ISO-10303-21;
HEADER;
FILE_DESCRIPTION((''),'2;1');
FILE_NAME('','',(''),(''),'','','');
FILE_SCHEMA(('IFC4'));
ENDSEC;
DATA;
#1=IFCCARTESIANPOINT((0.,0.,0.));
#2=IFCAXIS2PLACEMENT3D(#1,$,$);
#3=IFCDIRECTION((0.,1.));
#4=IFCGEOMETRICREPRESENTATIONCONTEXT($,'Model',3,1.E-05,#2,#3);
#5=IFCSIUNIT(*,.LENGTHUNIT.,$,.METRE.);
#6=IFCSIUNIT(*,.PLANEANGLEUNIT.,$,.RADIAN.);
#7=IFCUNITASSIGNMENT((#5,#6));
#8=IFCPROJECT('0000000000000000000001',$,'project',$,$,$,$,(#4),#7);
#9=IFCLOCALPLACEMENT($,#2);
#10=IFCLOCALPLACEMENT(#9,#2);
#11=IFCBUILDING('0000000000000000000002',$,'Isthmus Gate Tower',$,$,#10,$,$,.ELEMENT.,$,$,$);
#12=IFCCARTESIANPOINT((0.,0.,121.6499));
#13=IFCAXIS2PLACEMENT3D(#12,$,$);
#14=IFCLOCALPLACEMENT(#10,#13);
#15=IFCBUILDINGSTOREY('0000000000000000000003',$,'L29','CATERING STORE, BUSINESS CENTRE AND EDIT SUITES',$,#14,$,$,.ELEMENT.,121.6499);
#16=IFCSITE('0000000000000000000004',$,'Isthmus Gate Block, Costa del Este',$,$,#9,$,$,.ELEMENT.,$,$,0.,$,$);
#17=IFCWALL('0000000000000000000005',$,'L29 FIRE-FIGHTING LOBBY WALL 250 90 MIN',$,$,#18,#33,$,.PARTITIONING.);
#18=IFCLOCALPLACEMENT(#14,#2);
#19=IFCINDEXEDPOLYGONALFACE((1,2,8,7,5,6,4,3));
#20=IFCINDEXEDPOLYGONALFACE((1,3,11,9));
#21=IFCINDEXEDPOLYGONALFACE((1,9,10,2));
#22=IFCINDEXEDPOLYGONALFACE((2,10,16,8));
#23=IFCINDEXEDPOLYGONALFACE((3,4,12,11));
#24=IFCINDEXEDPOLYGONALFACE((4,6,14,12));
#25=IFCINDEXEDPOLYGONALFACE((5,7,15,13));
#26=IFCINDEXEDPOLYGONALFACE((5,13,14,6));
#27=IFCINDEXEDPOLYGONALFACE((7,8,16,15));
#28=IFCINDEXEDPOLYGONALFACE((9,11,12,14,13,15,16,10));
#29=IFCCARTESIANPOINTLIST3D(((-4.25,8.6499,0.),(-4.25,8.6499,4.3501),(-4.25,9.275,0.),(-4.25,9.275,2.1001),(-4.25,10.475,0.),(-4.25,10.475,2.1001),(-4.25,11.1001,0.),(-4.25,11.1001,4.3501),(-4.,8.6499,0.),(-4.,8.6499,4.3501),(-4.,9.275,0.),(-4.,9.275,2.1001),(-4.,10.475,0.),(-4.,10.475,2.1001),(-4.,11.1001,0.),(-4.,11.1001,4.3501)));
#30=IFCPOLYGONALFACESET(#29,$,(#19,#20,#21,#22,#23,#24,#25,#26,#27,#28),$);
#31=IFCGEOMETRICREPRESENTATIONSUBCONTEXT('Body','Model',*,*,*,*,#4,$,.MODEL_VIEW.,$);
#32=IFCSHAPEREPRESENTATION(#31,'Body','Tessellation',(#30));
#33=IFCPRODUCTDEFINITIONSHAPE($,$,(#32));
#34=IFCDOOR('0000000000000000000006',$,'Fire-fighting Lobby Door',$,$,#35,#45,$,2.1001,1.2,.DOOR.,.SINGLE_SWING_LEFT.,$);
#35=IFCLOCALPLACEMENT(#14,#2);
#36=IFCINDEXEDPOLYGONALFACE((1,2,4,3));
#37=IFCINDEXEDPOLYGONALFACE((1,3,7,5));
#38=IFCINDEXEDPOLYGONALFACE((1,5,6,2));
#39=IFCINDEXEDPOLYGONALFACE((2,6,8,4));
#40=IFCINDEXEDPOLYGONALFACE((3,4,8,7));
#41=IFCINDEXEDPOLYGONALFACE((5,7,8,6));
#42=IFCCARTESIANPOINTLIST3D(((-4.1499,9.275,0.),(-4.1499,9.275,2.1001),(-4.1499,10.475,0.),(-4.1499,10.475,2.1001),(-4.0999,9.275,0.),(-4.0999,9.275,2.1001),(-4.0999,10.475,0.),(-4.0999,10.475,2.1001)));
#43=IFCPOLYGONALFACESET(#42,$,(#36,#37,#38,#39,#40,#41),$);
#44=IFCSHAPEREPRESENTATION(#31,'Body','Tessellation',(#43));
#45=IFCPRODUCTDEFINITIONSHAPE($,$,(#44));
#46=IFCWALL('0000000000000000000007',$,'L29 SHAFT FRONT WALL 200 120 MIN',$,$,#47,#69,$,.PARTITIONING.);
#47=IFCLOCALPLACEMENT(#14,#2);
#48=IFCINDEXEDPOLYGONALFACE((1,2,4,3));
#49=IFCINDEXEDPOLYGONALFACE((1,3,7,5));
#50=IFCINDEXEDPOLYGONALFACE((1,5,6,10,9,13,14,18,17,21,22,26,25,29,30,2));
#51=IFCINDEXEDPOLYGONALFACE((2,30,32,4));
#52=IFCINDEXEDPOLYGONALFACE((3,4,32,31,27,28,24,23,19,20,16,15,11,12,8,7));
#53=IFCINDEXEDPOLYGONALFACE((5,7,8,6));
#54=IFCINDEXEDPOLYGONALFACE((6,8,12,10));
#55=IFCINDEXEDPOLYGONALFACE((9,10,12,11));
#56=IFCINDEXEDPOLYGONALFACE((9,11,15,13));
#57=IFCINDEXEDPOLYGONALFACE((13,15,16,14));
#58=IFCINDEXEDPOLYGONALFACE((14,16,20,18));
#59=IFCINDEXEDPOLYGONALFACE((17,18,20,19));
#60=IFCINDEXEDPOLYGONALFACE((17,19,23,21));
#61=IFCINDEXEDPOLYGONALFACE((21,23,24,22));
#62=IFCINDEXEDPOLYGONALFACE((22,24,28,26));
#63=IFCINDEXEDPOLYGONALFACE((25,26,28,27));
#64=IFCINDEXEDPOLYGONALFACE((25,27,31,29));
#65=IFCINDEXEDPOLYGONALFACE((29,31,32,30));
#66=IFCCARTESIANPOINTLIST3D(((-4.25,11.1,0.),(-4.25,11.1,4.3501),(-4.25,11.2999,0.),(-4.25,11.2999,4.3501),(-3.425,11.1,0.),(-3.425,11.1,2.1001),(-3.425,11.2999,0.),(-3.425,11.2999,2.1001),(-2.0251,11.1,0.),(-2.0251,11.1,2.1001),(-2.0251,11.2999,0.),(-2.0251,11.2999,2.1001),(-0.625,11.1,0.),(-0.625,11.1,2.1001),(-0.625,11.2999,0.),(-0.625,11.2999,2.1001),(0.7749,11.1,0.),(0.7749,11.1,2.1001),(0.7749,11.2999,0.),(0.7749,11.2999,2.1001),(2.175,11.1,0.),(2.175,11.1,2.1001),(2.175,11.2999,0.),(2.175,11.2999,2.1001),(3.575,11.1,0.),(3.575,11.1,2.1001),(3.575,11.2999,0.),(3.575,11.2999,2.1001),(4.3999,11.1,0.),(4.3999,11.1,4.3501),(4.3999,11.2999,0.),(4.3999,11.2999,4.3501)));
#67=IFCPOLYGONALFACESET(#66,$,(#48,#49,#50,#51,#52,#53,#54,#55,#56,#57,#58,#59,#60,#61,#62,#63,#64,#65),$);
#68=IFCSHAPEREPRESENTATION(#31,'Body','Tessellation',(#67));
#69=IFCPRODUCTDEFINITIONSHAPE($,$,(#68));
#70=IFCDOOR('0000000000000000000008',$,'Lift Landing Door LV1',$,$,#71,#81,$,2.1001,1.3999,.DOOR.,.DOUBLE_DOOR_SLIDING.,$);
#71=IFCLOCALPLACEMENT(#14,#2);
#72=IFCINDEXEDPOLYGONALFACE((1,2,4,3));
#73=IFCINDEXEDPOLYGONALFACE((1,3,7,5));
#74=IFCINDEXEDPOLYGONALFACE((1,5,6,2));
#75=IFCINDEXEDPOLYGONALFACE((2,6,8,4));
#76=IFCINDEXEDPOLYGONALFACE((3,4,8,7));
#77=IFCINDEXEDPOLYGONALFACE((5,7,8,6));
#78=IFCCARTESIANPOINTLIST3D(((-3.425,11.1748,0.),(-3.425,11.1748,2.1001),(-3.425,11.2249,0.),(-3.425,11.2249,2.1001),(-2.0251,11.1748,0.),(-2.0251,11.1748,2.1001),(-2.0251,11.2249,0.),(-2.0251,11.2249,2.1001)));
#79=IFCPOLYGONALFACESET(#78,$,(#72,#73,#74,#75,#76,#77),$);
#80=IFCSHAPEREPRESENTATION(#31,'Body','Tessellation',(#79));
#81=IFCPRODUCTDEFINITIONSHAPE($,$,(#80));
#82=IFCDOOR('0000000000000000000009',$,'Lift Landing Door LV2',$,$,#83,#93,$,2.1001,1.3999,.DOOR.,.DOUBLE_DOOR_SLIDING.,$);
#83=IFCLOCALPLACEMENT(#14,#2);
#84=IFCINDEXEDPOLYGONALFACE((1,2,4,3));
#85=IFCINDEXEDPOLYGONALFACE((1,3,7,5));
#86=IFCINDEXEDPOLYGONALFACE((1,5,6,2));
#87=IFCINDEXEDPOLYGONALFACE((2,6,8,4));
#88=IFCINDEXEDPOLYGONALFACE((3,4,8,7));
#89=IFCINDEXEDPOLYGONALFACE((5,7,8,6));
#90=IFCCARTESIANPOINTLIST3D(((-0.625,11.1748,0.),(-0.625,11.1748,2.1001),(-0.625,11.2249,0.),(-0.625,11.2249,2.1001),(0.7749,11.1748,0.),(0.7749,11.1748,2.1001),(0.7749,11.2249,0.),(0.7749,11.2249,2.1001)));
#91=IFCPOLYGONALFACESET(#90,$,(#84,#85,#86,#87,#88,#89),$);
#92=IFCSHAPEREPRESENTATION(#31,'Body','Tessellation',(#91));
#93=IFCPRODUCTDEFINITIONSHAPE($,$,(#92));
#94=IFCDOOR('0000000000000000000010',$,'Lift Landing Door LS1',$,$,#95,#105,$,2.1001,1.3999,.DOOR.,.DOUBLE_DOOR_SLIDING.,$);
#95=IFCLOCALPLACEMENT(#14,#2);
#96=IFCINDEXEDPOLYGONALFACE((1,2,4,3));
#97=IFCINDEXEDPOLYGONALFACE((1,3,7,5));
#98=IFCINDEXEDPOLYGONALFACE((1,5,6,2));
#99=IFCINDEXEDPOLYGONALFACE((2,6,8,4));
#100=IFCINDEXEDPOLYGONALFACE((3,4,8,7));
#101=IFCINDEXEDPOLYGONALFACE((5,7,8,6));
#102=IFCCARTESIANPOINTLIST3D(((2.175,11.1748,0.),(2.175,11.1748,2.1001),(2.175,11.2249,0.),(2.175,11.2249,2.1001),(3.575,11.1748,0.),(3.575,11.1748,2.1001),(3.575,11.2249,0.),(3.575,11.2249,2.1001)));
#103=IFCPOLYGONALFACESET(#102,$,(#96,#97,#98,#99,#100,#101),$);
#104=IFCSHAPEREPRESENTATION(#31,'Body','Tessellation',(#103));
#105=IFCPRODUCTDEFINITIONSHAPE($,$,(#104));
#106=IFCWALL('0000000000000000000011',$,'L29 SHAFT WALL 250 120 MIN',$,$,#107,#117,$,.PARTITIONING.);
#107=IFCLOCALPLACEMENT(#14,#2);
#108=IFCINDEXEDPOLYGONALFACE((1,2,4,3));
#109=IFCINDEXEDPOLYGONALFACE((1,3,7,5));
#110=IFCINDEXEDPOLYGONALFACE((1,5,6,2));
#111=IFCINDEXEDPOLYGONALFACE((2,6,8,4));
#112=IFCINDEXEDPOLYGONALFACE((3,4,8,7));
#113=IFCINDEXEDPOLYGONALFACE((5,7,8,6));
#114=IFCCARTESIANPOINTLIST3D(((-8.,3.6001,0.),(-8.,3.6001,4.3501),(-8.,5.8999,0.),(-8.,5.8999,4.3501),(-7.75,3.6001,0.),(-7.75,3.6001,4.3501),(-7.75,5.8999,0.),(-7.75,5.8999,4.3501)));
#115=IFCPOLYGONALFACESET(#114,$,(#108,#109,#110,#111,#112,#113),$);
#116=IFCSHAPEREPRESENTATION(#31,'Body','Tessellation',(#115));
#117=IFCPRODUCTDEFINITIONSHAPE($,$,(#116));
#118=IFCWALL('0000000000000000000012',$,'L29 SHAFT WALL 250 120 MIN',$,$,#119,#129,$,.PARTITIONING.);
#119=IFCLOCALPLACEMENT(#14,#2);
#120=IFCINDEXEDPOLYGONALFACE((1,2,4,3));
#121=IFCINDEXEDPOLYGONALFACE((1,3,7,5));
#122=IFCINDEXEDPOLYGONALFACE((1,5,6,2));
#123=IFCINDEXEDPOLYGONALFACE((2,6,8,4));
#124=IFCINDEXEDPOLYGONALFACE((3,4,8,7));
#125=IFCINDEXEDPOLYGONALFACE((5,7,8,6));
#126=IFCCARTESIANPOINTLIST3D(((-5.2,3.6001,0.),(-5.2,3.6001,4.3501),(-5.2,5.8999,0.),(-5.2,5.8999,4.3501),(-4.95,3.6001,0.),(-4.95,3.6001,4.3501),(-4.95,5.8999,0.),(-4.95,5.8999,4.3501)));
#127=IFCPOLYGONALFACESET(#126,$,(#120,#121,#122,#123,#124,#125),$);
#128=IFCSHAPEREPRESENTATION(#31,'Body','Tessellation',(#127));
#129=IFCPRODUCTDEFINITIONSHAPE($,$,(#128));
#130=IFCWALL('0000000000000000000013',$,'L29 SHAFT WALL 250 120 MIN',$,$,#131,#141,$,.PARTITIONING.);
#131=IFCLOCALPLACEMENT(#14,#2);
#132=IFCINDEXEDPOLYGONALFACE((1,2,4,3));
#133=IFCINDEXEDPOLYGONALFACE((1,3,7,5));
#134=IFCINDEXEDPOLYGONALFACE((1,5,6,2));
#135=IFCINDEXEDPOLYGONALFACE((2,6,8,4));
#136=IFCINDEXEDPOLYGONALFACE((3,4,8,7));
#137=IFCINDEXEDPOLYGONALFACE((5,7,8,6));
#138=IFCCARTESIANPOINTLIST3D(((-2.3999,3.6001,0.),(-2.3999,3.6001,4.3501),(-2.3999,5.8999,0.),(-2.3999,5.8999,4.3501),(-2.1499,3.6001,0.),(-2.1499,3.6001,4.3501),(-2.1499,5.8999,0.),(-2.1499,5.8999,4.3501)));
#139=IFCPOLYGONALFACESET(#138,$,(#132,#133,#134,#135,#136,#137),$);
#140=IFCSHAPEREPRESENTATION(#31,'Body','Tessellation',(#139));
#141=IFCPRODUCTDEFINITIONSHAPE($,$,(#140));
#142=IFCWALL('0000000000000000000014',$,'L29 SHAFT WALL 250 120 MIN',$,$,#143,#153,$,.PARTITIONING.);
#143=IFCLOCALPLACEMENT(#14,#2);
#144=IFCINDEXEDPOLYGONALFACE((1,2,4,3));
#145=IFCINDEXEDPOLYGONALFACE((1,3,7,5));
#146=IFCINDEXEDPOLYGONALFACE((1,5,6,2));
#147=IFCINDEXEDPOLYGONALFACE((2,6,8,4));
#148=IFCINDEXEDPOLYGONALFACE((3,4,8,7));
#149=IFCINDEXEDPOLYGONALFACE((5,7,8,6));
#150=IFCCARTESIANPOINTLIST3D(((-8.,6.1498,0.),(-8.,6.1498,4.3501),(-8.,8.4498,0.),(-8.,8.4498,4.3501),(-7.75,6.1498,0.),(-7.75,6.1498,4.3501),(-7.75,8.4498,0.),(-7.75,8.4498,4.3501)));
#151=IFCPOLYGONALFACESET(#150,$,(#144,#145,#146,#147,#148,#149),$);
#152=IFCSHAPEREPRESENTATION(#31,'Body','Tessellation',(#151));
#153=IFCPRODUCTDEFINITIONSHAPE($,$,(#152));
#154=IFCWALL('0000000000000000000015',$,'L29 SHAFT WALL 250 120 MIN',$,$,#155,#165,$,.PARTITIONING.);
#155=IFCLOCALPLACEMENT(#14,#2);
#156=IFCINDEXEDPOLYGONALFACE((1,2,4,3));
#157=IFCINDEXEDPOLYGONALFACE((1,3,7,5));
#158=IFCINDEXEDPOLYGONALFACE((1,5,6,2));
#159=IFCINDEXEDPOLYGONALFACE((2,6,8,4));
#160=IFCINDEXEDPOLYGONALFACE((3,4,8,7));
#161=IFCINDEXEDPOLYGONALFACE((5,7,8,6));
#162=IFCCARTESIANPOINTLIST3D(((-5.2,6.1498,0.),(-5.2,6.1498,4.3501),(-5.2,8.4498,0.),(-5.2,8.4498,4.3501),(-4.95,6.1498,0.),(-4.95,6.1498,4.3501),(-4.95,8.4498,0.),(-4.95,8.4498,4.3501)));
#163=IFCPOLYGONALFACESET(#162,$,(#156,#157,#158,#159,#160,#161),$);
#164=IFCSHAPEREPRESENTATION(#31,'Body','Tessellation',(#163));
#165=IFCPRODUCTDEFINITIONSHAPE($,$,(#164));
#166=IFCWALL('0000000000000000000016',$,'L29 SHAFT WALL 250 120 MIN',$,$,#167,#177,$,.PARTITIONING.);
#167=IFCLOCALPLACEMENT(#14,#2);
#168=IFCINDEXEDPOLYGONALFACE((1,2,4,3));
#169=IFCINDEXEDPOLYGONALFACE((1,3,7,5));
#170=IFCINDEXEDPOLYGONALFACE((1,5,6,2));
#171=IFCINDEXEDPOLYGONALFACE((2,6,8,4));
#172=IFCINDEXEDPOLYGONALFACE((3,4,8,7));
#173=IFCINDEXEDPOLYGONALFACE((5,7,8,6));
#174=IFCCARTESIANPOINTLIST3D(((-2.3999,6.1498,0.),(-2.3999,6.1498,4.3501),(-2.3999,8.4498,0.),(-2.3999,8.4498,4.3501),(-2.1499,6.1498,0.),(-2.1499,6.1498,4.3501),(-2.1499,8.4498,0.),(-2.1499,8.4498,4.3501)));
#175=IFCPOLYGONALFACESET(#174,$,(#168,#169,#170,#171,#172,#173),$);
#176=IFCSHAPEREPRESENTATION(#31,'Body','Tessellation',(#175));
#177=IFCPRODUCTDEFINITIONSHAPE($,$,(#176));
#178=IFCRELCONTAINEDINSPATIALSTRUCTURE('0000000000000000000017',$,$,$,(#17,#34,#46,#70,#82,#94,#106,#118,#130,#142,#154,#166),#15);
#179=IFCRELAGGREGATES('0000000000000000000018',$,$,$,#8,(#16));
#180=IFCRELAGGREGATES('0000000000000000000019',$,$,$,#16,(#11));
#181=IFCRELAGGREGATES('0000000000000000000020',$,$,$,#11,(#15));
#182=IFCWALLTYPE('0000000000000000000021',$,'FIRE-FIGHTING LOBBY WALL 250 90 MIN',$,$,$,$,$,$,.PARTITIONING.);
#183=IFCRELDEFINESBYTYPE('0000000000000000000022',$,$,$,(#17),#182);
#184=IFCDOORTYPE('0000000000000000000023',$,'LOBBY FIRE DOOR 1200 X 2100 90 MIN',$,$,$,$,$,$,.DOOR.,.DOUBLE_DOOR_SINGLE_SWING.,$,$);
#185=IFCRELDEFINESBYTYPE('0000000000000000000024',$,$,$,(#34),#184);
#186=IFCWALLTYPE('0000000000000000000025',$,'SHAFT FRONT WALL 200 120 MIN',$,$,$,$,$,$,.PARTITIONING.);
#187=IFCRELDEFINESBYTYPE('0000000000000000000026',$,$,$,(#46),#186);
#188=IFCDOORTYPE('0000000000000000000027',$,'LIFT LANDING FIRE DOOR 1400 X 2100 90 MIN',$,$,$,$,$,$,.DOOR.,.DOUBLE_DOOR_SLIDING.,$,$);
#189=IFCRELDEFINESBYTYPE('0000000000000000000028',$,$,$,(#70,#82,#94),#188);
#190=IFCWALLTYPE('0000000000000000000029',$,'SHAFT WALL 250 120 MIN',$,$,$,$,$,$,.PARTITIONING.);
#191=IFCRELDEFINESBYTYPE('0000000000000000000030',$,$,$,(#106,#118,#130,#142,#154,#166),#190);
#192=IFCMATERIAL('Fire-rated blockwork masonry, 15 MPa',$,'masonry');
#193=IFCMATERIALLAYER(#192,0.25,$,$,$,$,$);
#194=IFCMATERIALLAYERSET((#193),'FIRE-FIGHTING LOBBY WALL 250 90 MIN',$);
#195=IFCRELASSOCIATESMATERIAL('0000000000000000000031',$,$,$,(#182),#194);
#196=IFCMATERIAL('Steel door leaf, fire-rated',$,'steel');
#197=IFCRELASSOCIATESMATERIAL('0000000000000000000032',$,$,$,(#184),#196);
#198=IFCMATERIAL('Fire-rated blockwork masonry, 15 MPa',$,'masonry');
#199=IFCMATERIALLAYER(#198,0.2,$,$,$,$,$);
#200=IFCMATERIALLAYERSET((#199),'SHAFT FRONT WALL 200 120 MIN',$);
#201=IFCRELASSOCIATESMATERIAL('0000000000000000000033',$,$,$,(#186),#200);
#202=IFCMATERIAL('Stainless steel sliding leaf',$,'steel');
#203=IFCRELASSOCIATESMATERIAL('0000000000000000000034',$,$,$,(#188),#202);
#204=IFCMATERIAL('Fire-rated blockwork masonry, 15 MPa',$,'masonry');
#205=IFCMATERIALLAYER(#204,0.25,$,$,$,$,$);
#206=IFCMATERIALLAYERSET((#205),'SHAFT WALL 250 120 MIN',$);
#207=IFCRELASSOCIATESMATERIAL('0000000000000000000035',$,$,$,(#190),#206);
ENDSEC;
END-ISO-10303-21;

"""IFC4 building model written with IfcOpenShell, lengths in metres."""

from ifc_helpers import new_model, si_unit, direction, frame, frame_2d, origin, place, context, subcontext, project, spatial, rectangle, extrude, material, layer, layer_set, type_object, element, fill, save


model = new_model("IFC4")

# Units and contexts
model_context = context("Model", 3, precision=1e-05, world=origin(), true_north=direction((0.0, 1.0)))
body_context = subcontext(model_context, "Body", "Model", "MODEL_VIEW")
ifc_project = project(units=[si_unit("LENGTHUNIT", "METRE"), si_unit("PLANEANGLEUNIT", "RADIAN")], contexts=[model_context])

# Site, building, storey
site_placement = place(None, origin())
site = spatial("IfcSite", under=ifc_project, at=site_placement, Name="Isthmus Gate Block, Costa del Este", CompositionType="ELEMENT", RefElevation=0.0)
building_placement = place(site_placement, origin())
building = spatial("IfcBuilding", under=site, at=building_placement, Name="Isthmus Gate Tower", CompositionType="ELEMENT")
storey_placement = place(building_placement, frame((0.0, 0.0, 121.6499)))
storey = spatial("IfcBuildingStorey", under=building, at=storey_placement, Name="L29", Description="CATERING STORE, BUSINESS CENTRE AND EDIT SUITES", CompositionType="ELEMENT", Elevation=121.6499)

# Wall, opening, door
ifc_material_1 = material(Name="Fire-rated blockwork masonry, 15 MPa", Category="masonry")
ifc_layer_1 = layer(ifc_material_1, 0.25)
ifc_layer_set_1 = layer_set([ifc_layer_1], Name="FIRE-FIGHTING LOBBY WALL 250 90 MIN")
wall_type_1 = type_object("IfcWallType", Name="FIRE-FIGHTING LOBBY WALL 250 90 MIN", PredefinedType="PARTITIONING", material=ifc_layer_set_1)
wall_1_placement = place(storey_placement, frame((-4.125, 8.6499, 0.0), z_axis=(0.0, 0.0, 1.0), x_axis=(0.0, 1.0, 0.0)))
wall_1 = element("IfcWall", 1, at=wall_1_placement, inside=storey, type_object=wall_type_1, Name="L29 FIRE-FIGHTING LOBBY WALL 250 90 MIN", PredefinedType="PARTITIONING", context=body_context, shape_type="SweptSolid", body=[
    extrude(rectangle(XDim=2.4502, YDim=0.25, at=frame_2d((1.2251, 0.0))), origin(), (0.0, 0.0, 1.0), 4.3501),
])
opening_1_placement = place(wall_1_placement, frame((0.625, 0.0, 0.0)))
opening_1 = element("IfcOpeningElement", 2, at=opening_1_placement, cuts=wall_1, PredefinedType="OPENING", context=body_context, shape_type="SweptSolid", body=[
    extrude(rectangle(XDim=1.2, YDim=2.1001, at=frame_2d((0.6001, 1.05))), frame((0.0, 0.135, 0.0), z_axis=(0.0, -1.0, 0.0), x_axis=(1.0, 0.0, 0.0)), (0.0, 0.0, 1.0), 0.27),
])
ifc_material_2 = material(Name="Steel door leaf, fire-rated", Category="steel")
door_type_1 = type_object("IfcDoorType", Name="LOBBY FIRE DOOR 1200 X 2100 90 MIN", OperationType="DOUBLE_DOOR_SINGLE_SWING", PredefinedType="DOOR", material=ifc_material_2)
door_1_placement = place(opening_1_placement, origin())
door_1 = element("IfcDoor", 3, at=door_1_placement, inside=storey, type_object=door_type_1, Name="Fire-fighting Lobby Door", OperationType="SINGLE_SWING_LEFT", OverallHeight=2.1001, OverallWidth=1.2, PredefinedType="DOOR", context=body_context, shape_type="SweptSolid", body=[
    extrude(rectangle(XDim=1.2, YDim=2.1001, at=frame_2d((0.6001, 1.05))), frame((0.0, 0.0249, 0.0), z_axis=(0.0, -1.0, 0.0), x_axis=(1.0, 0.0, 0.0)), (0.0, 0.0, 1.0), 0.05),
])
fill(opening_1, door_1)

# Wall, openings, doors
ifc_material_3 = material(Name="Fire-rated blockwork masonry, 15 MPa", Category="masonry")
ifc_layer_2 = layer(ifc_material_3, 0.2)
ifc_layer_set_2 = layer_set([ifc_layer_2], Name="SHAFT FRONT WALL 200 120 MIN")
wall_type_2 = type_object("IfcWallType", Name="SHAFT FRONT WALL 200 120 MIN", PredefinedType="PARTITIONING", material=ifc_layer_set_2)
wall_2_placement = place(storey_placement, frame((-4.25, 11.2, 0.0), z_axis=(0.0, 0.0, 1.0), x_axis=(1.0, 0.0, 0.0)))
wall_2 = element("IfcWall", 4, at=wall_2_placement, inside=storey, type_object=wall_type_2, Name="L29 SHAFT FRONT WALL 200 120 MIN", PredefinedType="PARTITIONING", context=body_context, shape_type="SweptSolid", body=[
    extrude(rectangle(XDim=8.6499, YDim=0.2, at=frame_2d((4.325, 0.0))), origin(), (0.0, 0.0, 1.0), 4.3501),
])
opening_2_placement = place(wall_2_placement, frame((0.825, 0.0, 0.0)))
opening_2 = element("IfcOpeningElement", 5, at=opening_2_placement, cuts=wall_2, PredefinedType="OPENING", context=body_context, shape_type="SweptSolid", body=[
    extrude(rectangle(XDim=1.3999, YDim=2.1001, at=frame_2d((0.7, 1.05))), frame((0.0, 0.1099, 0.0), z_axis=(0.0, -1.0, 0.0), x_axis=(1.0, 0.0, 0.0)), (0.0, 0.0, 1.0), 0.22),
])
opening_3_placement = place(wall_2_placement, frame((3.625, 0.0, 0.0)))
opening_3 = element("IfcOpeningElement", 6, at=opening_3_placement, cuts=wall_2, PredefinedType="OPENING", context=body_context, shape_type="SweptSolid", body=[
    extrude(rectangle(XDim=1.3999, YDim=2.1001, at=frame_2d((0.7, 1.05))), frame((0.0, 0.1099, 0.0), z_axis=(0.0, -1.0, 0.0), x_axis=(1.0, 0.0, 0.0)), (0.0, 0.0, 1.0), 0.22),
])
opening_4_placement = place(wall_2_placement, frame((6.425, 0.0, 0.0)))
opening_4 = element("IfcOpeningElement", 7, at=opening_4_placement, cuts=wall_2, PredefinedType="OPENING", context=body_context, shape_type="SweptSolid", body=[
    extrude(rectangle(XDim=1.3999, YDim=2.1001, at=frame_2d((0.7, 1.05))), frame((0.0, 0.1099, 0.0), z_axis=(0.0, -1.0, 0.0), x_axis=(1.0, 0.0, 0.0)), (0.0, 0.0, 1.0), 0.22),
])
ifc_material_4 = material(Name="Stainless steel sliding leaf", Category="steel")
door_type_2 = type_object("IfcDoorType", Name="LIFT LANDING FIRE DOOR 1400 X 2100 90 MIN", OperationType="DOUBLE_DOOR_SLIDING", PredefinedType="DOOR", material=ifc_material_4)
door_2_placement = place(opening_2_placement, origin())
door_2 = element("IfcDoor", 8, at=door_2_placement, inside=storey, type_object=door_type_2, Name="Lift Landing Door LV1", OperationType="DOUBLE_DOOR_SLIDING", OverallHeight=2.1001, OverallWidth=1.3999, PredefinedType="DOOR", context=body_context, shape_type="SweptSolid", body=[
    extrude(rectangle(XDim=1.3999, YDim=2.1001, at=frame_2d((0.7, 1.05))), frame((0.0, 0.0249, 0.0), z_axis=(0.0, -1.0, 0.0), x_axis=(1.0, 0.0, 0.0)), (0.0, 0.0, 1.0), 0.05),
])
fill(opening_2, door_2)
door_3_placement = place(opening_3_placement, origin())
door_3 = element("IfcDoor", 9, at=door_3_placement, inside=storey, type_object=door_type_2, Name="Lift Landing Door LV2", OperationType="DOUBLE_DOOR_SLIDING", OverallHeight=2.1001, OverallWidth=1.3999, PredefinedType="DOOR", context=body_context, shape_type="SweptSolid", body=[
    extrude(rectangle(XDim=1.3999, YDim=2.1001, at=frame_2d((0.7, 1.05))), frame((0.0, 0.0249, 0.0), z_axis=(0.0, -1.0, 0.0), x_axis=(1.0, 0.0, 0.0)), (0.0, 0.0, 1.0), 0.05),
])
fill(opening_3, door_3)
door_4_placement = place(opening_4_placement, origin())
door_4 = element("IfcDoor", 10, at=door_4_placement, inside=storey, type_object=door_type_2, Name="Lift Landing Door LS1", OperationType="DOUBLE_DOOR_SLIDING", OverallHeight=2.1001, OverallWidth=1.3999, PredefinedType="DOOR", context=body_context, shape_type="SweptSolid", body=[
    extrude(rectangle(XDim=1.3999, YDim=2.1001, at=frame_2d((0.7, 1.05))), frame((0.0, 0.0249, 0.0), z_axis=(0.0, -1.0, 0.0), x_axis=(1.0, 0.0, 0.0)), (0.0, 0.0, 1.0), 0.05),
])
fill(opening_4, door_4)

# Walls
ifc_material_5 = material(Name="Fire-rated blockwork masonry, 15 MPa", Category="masonry")
ifc_layer_3 = layer(ifc_material_5, 0.25)
ifc_layer_set_3 = layer_set([ifc_layer_3], Name="SHAFT WALL 250 120 MIN")
wall_type_3 = type_object("IfcWallType", Name="SHAFT WALL 250 120 MIN", PredefinedType="PARTITIONING", material=ifc_layer_set_3)
for number, where, z_axis, x_axis, name in (
    (11, (-7.875, 3.6001, 0.0), (0.0, 0.0, 1.0), (0.0, 1.0, 0.0), "L29 SHAFT WALL 250 120 MIN"),
    (12, (-5.075, 3.6001, 0.0), (0.0, 0.0, 1.0), (0.0, 1.0, 0.0), "L29 SHAFT WALL 250 120 MIN"),
    (13, (-2.2749, 3.6001, 0.0), (0.0, 0.0, 1.0), (0.0, 1.0, 0.0), "L29 SHAFT WALL 250 120 MIN"),
):
    element("IfcWall", number, at=place(storey_placement, frame(where, z_axis=z_axis, x_axis=x_axis)), inside=storey, type_object=wall_type_3, Name=name, PredefinedType="PARTITIONING", context=body_context, shape_type="SweptSolid", body=[
        extrude(rectangle(XDim=2.2998, YDim=0.25, at=frame_2d((1.1499, 0.0))), origin(), (0.0, 0.0, 1.0), 4.3501),
    ])
for number, where, z_axis, x_axis, name in (
    (14, (-7.875, 6.1499, 0.0), (0.0, 0.0, 1.0), (0.0, 1.0, 0.0), "L29 SHAFT WALL 250 120 MIN"),
    (15, (-5.075, 6.1499, 0.0), (0.0, 0.0, 1.0), (0.0, 1.0, 0.0), "L29 SHAFT WALL 250 120 MIN"),
    (16, (-2.2749, 6.1499, 0.0), (0.0, 0.0, 1.0), (0.0, 1.0, 0.0), "L29 SHAFT WALL 250 120 MIN"),
):
    element("IfcWall", number, at=place(storey_placement, frame(where, z_axis=z_axis, x_axis=x_axis)), inside=storey, type_object=wall_type_3, Name=name, PredefinedType="PARTITIONING", context=body_context, shape_type="SweptSolid", body=[
        extrude(rectangle(XDim=2.3, YDim=0.25, at=frame_2d((1.1499, 0.0))), origin(), (0.0, 0.0, 1.0), 4.3501),
    ])

save(model, "model.ifc")
